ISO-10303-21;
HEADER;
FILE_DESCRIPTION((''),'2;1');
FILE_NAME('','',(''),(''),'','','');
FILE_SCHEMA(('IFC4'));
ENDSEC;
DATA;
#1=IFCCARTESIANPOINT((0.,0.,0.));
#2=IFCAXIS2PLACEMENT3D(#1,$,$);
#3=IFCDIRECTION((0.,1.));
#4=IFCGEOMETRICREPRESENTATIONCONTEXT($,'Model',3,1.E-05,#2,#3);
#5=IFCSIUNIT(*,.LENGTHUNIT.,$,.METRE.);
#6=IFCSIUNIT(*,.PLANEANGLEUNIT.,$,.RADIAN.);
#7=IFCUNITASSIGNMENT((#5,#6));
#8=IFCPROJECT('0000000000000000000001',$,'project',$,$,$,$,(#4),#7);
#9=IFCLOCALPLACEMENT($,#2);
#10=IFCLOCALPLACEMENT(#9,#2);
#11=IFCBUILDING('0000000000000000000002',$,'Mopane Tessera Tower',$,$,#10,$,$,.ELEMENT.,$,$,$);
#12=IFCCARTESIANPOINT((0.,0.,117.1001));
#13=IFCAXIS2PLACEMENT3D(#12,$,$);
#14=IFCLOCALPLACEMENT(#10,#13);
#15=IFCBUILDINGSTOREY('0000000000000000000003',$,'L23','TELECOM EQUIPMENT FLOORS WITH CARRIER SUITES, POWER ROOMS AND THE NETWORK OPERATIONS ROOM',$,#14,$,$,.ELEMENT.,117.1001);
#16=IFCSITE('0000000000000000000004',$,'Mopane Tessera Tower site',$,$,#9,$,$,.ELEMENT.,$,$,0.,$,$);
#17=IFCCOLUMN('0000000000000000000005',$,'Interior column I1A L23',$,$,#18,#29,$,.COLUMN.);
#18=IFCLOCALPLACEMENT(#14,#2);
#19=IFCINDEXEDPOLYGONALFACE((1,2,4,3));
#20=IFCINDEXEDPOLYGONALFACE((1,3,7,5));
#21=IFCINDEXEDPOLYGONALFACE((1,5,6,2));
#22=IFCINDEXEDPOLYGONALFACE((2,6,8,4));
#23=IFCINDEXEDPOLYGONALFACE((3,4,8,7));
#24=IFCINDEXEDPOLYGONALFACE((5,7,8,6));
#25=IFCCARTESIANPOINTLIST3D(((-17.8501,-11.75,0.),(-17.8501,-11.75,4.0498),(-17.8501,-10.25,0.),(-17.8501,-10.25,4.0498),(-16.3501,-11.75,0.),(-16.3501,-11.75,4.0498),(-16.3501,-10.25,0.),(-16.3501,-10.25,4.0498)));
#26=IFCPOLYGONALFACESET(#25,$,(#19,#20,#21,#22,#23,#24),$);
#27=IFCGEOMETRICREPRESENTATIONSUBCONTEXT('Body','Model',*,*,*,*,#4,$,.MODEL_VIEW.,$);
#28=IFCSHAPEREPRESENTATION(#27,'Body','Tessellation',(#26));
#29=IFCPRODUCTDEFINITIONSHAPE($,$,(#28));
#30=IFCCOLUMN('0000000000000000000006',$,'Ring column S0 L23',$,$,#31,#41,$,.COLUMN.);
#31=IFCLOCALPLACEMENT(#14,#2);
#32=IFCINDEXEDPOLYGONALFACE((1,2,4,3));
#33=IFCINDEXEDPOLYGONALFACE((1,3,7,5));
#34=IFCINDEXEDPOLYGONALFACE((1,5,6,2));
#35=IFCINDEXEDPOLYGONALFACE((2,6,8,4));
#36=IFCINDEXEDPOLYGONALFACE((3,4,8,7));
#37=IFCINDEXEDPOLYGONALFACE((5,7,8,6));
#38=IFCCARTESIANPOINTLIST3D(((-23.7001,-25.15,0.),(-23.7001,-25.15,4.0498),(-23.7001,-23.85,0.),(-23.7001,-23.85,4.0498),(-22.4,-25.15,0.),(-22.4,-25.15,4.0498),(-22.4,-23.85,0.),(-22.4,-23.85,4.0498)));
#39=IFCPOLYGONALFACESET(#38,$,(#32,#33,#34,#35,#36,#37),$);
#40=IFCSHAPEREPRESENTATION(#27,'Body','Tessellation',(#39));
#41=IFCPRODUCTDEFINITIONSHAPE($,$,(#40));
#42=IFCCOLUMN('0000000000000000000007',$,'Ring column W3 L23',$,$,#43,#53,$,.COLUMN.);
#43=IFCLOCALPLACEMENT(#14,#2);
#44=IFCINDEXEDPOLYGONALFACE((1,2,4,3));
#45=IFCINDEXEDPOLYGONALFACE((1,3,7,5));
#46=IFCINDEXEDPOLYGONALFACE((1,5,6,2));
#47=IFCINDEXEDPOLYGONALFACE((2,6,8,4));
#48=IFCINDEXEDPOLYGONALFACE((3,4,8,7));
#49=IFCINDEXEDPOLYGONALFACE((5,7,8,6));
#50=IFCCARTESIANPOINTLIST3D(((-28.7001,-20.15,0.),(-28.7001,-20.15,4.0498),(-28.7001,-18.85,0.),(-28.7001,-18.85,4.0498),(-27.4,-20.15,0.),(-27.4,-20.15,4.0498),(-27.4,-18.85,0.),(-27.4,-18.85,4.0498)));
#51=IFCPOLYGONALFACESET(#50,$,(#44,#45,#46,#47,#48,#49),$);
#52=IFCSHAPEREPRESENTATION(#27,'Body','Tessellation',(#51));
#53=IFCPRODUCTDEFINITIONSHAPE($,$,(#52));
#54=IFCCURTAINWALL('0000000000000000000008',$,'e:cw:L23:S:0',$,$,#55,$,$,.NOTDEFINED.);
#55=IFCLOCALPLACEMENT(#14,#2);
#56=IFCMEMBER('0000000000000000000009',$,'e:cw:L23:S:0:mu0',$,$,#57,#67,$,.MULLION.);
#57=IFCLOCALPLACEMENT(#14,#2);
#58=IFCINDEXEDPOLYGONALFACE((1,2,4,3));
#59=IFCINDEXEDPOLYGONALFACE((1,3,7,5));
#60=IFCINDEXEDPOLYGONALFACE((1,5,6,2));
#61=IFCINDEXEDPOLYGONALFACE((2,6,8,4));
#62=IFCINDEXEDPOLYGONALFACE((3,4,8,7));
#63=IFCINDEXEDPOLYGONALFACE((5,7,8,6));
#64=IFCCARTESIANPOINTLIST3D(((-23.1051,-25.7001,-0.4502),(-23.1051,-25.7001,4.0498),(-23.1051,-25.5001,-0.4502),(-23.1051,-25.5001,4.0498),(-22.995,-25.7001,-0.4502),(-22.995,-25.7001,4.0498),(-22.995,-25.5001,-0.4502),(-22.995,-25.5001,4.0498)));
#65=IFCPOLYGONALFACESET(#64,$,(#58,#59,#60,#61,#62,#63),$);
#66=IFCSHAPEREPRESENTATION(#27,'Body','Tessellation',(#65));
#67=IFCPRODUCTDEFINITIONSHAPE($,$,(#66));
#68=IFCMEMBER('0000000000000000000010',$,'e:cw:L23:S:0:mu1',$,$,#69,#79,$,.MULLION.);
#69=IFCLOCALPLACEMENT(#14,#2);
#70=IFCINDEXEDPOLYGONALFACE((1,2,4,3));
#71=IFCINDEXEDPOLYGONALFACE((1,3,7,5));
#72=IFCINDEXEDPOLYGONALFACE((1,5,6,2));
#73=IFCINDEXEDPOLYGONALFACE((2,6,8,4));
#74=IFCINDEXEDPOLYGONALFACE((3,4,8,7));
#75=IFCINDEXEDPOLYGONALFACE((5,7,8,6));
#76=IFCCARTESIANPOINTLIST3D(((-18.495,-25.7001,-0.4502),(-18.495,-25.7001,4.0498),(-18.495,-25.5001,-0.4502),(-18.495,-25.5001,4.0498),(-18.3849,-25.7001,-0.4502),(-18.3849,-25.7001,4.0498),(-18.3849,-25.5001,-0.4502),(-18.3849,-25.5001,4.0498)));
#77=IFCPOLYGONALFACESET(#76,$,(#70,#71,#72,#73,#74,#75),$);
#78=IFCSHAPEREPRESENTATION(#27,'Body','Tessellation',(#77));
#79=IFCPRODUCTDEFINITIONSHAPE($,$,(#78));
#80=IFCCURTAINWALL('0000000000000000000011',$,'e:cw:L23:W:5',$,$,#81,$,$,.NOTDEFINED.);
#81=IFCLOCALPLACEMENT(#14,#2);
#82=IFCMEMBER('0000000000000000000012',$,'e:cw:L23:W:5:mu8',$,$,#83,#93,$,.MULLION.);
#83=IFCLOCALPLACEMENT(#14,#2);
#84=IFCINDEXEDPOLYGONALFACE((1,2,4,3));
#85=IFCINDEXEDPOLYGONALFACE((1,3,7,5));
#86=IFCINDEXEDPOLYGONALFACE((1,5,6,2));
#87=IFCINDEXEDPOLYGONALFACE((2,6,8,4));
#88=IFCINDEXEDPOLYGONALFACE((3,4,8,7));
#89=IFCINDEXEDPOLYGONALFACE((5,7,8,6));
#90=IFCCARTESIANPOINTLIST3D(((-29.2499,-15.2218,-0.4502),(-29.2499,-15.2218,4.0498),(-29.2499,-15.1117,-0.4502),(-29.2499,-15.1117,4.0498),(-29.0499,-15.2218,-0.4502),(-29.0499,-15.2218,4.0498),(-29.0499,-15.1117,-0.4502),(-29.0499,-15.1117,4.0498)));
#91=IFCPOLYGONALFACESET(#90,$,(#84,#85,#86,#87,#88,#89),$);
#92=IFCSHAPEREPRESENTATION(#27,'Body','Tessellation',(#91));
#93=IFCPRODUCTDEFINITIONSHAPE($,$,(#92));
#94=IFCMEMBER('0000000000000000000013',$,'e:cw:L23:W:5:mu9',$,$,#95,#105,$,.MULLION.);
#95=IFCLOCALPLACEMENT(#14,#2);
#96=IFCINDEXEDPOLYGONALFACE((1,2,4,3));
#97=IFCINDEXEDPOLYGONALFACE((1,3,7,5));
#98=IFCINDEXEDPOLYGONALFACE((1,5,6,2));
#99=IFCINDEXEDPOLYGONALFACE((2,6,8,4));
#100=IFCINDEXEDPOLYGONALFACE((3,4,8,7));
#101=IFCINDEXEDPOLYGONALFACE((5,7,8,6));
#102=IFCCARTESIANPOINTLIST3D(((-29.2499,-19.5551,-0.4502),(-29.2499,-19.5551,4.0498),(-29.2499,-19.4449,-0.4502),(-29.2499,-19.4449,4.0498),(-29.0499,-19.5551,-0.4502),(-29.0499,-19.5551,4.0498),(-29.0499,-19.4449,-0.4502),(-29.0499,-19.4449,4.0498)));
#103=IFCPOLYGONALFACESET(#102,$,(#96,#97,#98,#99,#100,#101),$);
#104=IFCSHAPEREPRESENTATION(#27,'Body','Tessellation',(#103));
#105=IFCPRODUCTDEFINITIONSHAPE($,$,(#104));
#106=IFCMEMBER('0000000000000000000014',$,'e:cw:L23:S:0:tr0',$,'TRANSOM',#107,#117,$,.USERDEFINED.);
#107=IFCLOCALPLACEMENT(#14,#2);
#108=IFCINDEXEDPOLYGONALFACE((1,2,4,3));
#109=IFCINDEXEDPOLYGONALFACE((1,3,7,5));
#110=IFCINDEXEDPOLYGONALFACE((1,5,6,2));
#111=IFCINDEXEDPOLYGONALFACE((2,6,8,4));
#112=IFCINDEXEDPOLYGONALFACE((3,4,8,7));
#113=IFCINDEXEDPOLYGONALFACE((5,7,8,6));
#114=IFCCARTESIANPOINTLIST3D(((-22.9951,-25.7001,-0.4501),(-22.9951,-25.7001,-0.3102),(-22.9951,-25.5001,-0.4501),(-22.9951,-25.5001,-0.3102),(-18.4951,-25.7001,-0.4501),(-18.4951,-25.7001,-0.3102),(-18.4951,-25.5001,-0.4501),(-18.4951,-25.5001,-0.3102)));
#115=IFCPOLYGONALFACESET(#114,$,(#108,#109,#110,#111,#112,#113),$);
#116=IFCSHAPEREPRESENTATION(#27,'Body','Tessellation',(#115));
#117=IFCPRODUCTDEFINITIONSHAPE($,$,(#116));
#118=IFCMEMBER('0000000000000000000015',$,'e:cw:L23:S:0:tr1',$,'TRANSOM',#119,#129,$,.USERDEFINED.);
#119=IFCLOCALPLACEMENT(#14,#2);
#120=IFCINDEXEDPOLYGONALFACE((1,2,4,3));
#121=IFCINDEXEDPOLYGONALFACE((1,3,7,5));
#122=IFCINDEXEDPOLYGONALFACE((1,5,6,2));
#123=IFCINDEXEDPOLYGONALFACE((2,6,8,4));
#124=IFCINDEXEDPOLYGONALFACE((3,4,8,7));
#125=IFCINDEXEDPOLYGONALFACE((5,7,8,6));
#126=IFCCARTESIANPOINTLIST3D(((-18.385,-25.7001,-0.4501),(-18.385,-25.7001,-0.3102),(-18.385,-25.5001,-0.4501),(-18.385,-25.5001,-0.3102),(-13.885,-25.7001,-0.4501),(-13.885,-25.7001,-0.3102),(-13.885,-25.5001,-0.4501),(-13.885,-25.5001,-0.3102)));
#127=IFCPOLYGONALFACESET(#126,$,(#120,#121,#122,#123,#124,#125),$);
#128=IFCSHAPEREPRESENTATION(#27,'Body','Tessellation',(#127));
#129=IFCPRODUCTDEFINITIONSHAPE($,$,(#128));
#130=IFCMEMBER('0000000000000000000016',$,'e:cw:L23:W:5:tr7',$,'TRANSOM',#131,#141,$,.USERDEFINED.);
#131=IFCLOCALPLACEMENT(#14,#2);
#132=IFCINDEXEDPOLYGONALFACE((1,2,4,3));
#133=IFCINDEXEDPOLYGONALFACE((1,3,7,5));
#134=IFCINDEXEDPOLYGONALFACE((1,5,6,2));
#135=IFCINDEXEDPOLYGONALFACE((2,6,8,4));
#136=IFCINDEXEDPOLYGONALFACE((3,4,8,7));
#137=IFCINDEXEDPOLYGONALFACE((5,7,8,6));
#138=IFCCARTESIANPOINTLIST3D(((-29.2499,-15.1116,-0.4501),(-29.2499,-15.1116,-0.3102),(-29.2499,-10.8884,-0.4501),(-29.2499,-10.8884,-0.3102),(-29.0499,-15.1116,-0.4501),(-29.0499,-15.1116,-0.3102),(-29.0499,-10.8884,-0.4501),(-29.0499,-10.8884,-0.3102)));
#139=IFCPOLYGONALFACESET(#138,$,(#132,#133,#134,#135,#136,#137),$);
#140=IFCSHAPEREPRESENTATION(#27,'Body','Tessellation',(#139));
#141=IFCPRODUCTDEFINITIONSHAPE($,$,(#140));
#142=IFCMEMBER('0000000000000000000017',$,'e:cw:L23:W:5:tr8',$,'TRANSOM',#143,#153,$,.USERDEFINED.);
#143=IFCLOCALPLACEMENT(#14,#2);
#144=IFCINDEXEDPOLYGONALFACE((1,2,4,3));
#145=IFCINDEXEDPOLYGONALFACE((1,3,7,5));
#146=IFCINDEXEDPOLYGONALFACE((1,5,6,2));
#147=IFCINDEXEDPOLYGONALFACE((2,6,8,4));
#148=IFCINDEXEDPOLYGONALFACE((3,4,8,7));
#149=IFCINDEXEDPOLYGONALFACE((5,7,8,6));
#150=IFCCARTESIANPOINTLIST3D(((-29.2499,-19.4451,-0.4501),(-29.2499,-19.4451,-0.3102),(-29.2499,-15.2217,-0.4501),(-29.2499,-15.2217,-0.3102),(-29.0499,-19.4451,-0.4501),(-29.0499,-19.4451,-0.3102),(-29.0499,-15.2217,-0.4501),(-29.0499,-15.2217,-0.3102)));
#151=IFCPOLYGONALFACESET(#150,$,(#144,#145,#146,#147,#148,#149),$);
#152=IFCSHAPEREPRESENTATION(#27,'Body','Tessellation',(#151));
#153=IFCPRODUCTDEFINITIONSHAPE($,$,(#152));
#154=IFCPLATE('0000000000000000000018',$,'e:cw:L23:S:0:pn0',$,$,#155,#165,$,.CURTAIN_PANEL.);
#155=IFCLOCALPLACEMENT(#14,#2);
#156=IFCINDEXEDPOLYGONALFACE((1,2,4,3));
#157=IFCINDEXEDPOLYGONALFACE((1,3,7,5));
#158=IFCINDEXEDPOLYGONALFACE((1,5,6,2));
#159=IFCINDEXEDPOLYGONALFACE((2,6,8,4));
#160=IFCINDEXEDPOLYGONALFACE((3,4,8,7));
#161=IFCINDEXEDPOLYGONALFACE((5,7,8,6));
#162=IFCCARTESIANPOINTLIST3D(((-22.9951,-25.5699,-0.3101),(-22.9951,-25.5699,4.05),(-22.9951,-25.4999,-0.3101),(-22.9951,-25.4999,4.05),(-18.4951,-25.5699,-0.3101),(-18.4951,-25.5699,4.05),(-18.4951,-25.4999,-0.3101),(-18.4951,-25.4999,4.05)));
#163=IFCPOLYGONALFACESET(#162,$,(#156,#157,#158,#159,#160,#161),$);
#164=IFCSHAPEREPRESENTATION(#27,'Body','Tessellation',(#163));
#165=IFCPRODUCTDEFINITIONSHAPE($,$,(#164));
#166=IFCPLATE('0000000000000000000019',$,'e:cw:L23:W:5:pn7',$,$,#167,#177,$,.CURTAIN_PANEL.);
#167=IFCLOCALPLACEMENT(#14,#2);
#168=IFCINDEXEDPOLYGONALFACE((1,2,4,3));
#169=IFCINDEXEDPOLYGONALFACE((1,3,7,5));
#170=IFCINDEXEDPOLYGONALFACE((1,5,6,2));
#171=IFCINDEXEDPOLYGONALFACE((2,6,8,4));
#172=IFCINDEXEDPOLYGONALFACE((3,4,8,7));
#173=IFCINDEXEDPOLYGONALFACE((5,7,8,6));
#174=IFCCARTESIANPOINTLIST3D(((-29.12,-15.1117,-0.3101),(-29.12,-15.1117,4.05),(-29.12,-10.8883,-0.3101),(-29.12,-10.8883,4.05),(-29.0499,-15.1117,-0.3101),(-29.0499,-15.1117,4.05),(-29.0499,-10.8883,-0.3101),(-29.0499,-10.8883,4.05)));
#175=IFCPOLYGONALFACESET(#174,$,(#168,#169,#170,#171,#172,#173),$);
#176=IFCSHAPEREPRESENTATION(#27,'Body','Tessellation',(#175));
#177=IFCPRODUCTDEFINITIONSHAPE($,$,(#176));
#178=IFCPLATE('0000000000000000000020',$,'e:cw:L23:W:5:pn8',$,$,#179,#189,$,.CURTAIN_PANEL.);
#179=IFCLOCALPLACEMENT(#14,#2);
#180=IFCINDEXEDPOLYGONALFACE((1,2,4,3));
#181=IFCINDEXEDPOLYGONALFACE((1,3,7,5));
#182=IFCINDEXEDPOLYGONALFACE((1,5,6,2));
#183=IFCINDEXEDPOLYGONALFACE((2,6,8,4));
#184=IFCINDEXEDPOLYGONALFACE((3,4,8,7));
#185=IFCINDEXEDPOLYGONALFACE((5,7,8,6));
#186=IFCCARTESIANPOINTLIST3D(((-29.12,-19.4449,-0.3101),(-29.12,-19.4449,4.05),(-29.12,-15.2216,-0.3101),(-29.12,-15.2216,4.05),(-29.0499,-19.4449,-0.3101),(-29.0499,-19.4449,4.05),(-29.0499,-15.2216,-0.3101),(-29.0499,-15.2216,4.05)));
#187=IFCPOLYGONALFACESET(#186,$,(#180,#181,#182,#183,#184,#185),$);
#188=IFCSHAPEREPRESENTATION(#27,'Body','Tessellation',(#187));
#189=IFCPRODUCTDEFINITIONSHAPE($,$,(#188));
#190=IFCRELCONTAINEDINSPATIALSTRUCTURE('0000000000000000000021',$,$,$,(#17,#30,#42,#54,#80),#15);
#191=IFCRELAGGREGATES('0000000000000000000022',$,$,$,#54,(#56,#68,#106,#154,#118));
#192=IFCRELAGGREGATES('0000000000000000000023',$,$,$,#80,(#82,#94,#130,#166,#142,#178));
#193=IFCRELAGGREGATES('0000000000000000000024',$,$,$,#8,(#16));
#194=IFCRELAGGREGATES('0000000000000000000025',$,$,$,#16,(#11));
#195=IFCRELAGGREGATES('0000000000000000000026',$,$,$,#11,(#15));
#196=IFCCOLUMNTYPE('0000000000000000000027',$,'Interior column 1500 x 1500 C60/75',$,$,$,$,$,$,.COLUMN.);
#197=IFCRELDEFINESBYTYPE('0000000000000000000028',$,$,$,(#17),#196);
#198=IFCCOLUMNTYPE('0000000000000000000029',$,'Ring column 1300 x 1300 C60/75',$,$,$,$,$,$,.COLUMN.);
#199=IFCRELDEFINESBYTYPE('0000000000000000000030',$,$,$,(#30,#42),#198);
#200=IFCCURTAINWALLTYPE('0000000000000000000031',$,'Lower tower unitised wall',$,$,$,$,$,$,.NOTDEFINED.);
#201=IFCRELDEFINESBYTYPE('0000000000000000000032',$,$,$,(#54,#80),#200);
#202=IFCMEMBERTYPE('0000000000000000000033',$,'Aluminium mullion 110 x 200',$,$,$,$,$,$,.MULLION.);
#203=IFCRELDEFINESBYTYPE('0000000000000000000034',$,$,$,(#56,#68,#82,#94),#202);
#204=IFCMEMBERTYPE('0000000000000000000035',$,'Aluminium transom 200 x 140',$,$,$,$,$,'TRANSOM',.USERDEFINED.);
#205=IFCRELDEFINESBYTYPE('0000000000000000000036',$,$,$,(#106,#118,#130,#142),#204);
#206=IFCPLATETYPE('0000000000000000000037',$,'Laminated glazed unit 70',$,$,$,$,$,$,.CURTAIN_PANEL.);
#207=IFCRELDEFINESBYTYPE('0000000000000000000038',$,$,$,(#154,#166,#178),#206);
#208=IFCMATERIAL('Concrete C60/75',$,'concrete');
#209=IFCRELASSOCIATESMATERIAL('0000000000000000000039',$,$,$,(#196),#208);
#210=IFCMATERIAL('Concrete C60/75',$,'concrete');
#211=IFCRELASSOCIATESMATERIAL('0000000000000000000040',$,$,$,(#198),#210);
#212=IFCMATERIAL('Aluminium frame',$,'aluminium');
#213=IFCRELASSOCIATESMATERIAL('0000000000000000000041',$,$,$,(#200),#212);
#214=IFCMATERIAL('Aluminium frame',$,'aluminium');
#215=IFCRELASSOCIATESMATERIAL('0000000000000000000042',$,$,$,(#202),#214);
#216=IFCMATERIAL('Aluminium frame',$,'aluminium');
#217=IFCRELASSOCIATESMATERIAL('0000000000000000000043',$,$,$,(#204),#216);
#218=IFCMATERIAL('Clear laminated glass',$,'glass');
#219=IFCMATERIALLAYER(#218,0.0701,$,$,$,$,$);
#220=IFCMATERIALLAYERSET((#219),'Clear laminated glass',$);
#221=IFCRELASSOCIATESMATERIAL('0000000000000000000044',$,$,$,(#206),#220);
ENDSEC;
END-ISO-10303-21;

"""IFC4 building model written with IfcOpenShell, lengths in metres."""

from ifc_helpers import new_model, si_unit, direction, frame, origin, origin_2d, place, context, subcontext, project, spatial, rectangle, extrude, material, layer, layer_set, material_profile, profile_set, type_object, element, aggregate, save


model = new_model("IFC4")

# Units and contexts
model_context = context("Model", 3, precision=1e-05, world=origin(), true_north=direction((0.0, 1.0)))
body_context = subcontext(model_context, "Body", "Model", "MODEL_VIEW")
ifc_project = project(units=[si_unit("LENGTHUNIT", "METRE"), si_unit("PLANEANGLEUNIT", "RADIAN")], contexts=[model_context])

# Site, building, storey
site_placement = place(None, origin())
site = spatial("IfcSite", under=ifc_project, at=site_placement, Name="Mopane Tessera Tower site", CompositionType="ELEMENT", RefElevation=0.0)
building_placement = place(site_placement, origin())
building = spatial("IfcBuilding", under=site, at=building_placement, Name="Mopane Tessera Tower", CompositionType="ELEMENT")
storey_placement = place(building_placement, frame((0.0, 0.0, 117.1001)))
storey = spatial("IfcBuildingStorey", under=building, at=storey_placement, Name="L23", Description="TELECOM EQUIPMENT FLOORS WITH CARRIER SUITES, POWER ROOMS AND THE NETWORK OPERATIONS ROOM", CompositionType="ELEMENT", Elevation=117.1001)

# Columns
ifc_material_1 = material(Name="Concrete C60/75", Category="concrete")
ifc_material_profile_1 = material_profile(ifc_material_1, rectangle(XDim=1.5, YDim=1.5, at=origin_2d()))
ifc_profile_set_1 = profile_set([ifc_material_profile_1], Name="Concrete C60/75")
column_type_1 = type_object("IfcColumnType", Name="Interior column 1500 x 1500 C60/75", PredefinedType="COLUMN", material=ifc_profile_set_1)
column_placement = place(storey_placement, frame((-17.1001, -11.0, 0.0), z_axis=(0.0, 0.0, 1.0), x_axis=(1.0, 0.0, 0.0)))
element("IfcColumn", 1, at=column_placement, inside=storey, type_object=column_type_1, Name="Interior column I1A L23", PredefinedType="COLUMN", context=body_context, shape_type="SweptSolid", body=[
    extrude(rectangle(XDim=1.5, YDim=1.5, at=origin_2d()), origin(), (0.0, 0.0, 1.0), 4.0498),
])
ifc_material_2 = material(Name="Concrete C60/75", Category="concrete")
ifc_material_profile_2 = material_profile(ifc_material_2, rectangle(XDim=1.3, YDim=1.3, at=origin_2d()))
ifc_profile_set_2 = profile_set([ifc_material_profile_2], Name="Concrete C60/75")
column_type_2 = type_object("IfcColumnType", Name="Ring column 1300 x 1300 C60/75", PredefinedType="COLUMN", material=ifc_profile_set_2)
for number, where, z_axis, x_axis, name in (
    (2, (-23.05, -24.5, 0.0), (0.0, 0.0, 1.0), (1.0, 0.0, 0.0), "Ring column S0 L23"),
    (3, (-28.05, -19.5, 0.0), (0.0, 0.0, 1.0), (1.0, 0.0, 0.0), "Ring column W3 L23"),
):
    element("IfcColumn", number, at=place(storey_placement, frame(where, z_axis=z_axis, x_axis=x_axis)), inside=storey, type_object=column_type_2, Name=name, PredefinedType="COLUMN", context=body_context, shape_type="SweptSolid", body=[
        extrude(rectangle(XDim=1.3, YDim=1.3, at=origin_2d()), origin(), (0.0, 0.0, 1.0), 4.0498),
    ])

# Curtain walls, members
ifc_material_3 = material(Name="Aluminium frame", Category="aluminium")
curtain_wall_type = type_object("IfcCurtainWallType", Name="Lower tower unitised wall", PredefinedType="NOTDEFINED", material=ifc_material_3)
curtain_wall_1_placement = place(storey_placement, origin())
curtain_wall_1 = element("IfcCurtainWall", 4, at=curtain_wall_1_placement, inside=storey, type_object=curtain_wall_type, Name="e:cw:L23:S:0", PredefinedType="NOTDEFINED")
ifc_material_4 = material(Name="Aluminium frame", Category="aluminium")
ifc_material_profile_3 = material_profile(ifc_material_4, rectangle(XDim=0.1101, YDim=0.2, at=origin_2d()))
ifc_profile_set_3 = profile_set([ifc_material_profile_3], Name="Aluminium frame")
member_type_1 = type_object("IfcMemberType", Name="Aluminium mullion 110 x 200", PredefinedType="MULLION", material=ifc_profile_set_3)
member_1_placement = place(storey_placement, frame((-23.05, -25.6001, -0.4502), z_axis=(0.0, 0.0, 1.0), x_axis=(1.0, 0.0, 0.0)))
member_1 = element("IfcMember", 5, at=member_1_placement, type_object=member_type_1, Name="e:cw:L23:S:0:mu0", PredefinedType="MULLION", context=body_context, shape_type="SweptSolid", body=[
    extrude(rectangle(XDim=0.1101, YDim=0.2, at=origin_2d()), origin(), (0.0, 0.0, 1.0), 4.5),
])
member_2_placement = place(storey_placement, frame((-18.4399, -25.6001, -0.4502), z_axis=(0.0, 0.0, 1.0), x_axis=(1.0, 0.0, 0.0)))
member_2 = element("IfcMember", 6, at=member_2_placement, type_object=member_type_1, Name="e:cw:L23:S:0:mu1", PredefinedType="MULLION", context=body_context, shape_type="SweptSolid", body=[
    extrude(rectangle(XDim=0.1101, YDim=0.2, at=origin_2d()), origin(), (0.0, 0.0, 1.0), 4.5),
])
curtain_wall_2_placement = place(storey_placement, origin())
curtain_wall_2 = element("IfcCurtainWall", 7, at=curtain_wall_2_placement, inside=storey, type_object=curtain_wall_type, Name="e:cw:L23:W:5", PredefinedType="NOTDEFINED")
member_3_placement = place(storey_placement, frame((-29.1499, -15.1667, -0.4502), z_axis=(0.0, 0.0, 1.0), x_axis=(0.0, -1.0, 0.0)))
member_3 = element("IfcMember", 8, at=member_3_placement, type_object=member_type_1, Name="e:cw:L23:W:5:mu8", PredefinedType="MULLION", context=body_context, shape_type="SweptSolid", body=[
    extrude(rectangle(XDim=0.1101, YDim=0.2, at=origin_2d()), origin(), (0.0, 0.0, 1.0), 4.5),
])
member_4_placement = place(storey_placement, frame((-29.1499, -19.5, -0.4502), z_axis=(0.0, 0.0, 1.0), x_axis=(0.0, -1.0, 0.0)))
member_4 = element("IfcMember", 9, at=member_4_placement, type_object=member_type_1, Name="e:cw:L23:W:5:mu9", PredefinedType="MULLION", context=body_context, shape_type="SweptSolid", body=[
    extrude(rectangle(XDim=0.1101, YDim=0.2, at=origin_2d()), origin(), (0.0, 0.0, 1.0), 4.5),
])

# Members
ifc_material_5 = material(Name="Aluminium frame", Category="aluminium")
ifc_material_profile_4 = material_profile(ifc_material_5, rectangle(XDim=0.2, YDim=0.1399, at=origin_2d()))
ifc_profile_set_4 = profile_set([ifc_material_profile_4], Name="Aluminium frame")
member_type_2 = type_object("IfcMemberType", Name="Aluminium transom 200 x 140", ElementType="TRANSOM", PredefinedType="USERDEFINED", material=ifc_profile_set_4)
member_5_placement = place(storey_placement, frame((-22.9951, -25.6001, -0.3801), z_axis=(1.0, 0.0, 0.0), x_axis=(0.0, 1.0, 0.0)))
member_5 = element("IfcMember", 10, at=member_5_placement, type_object=member_type_2, Name="e:cw:L23:S:0:tr0", ObjectType="TRANSOM", PredefinedType="USERDEFINED", context=body_context, shape_type="SweptSolid", body=[
    extrude(rectangle(XDim=0.2, YDim=0.1399, at=origin_2d()), origin(), (0.0, 0.0, 1.0), 4.5),
])
member_6_placement = place(storey_placement, frame((-18.385, -25.6001, -0.3801), z_axis=(1.0, 0.0, 0.0), x_axis=(0.0, 1.0, 0.0)))
member_6 = element("IfcMember", 11, at=member_6_placement, type_object=member_type_2, Name="e:cw:L23:S:0:tr1", ObjectType="TRANSOM", PredefinedType="USERDEFINED", context=body_context, shape_type="SweptSolid", body=[
    extrude(rectangle(XDim=0.2, YDim=0.1399, at=origin_2d()), origin(), (0.0, 0.0, 1.0), 4.5),
])
member_7_placement = place(storey_placement, frame((-29.1499, -10.8884, -0.3801), z_axis=(0.0, -1.0, 0.0), x_axis=(1.0, 0.0, 0.0)))
member_7 = element("IfcMember", 12, at=member_7_placement, type_object=member_type_2, Name="e:cw:L23:W:5:tr7", ObjectType="TRANSOM", PredefinedType="USERDEFINED", context=body_context, shape_type="SweptSolid", body=[
    extrude(rectangle(XDim=0.2, YDim=0.1399, at=origin_2d()), origin(), (0.0, 0.0, 1.0), 4.2231),
])
member_8_placement = place(storey_placement, frame((-29.1499, -15.2217, -0.3801), z_axis=(0.0, -1.0, 0.0), x_axis=(1.0, 0.0, 0.0)))
member_8 = element("IfcMember", 13, at=member_8_placement, type_object=member_type_2, Name="e:cw:L23:W:5:tr8", ObjectType="TRANSOM", PredefinedType="USERDEFINED", context=body_context, shape_type="SweptSolid", body=[
    extrude(rectangle(XDim=0.2, YDim=0.1399, at=origin_2d()), origin(), (0.0, 0.0, 1.0), 4.2234),
])

# Plates
ifc_material_6 = material(Name="Clear laminated glass", Category="glass")
ifc_layer_1 = layer(ifc_material_6, 0.0701)
ifc_layer_set_1 = layer_set([ifc_layer_1], Name="Clear laminated glass")
plate_type = type_object("IfcPlateType", Name="Laminated glazed unit 70", PredefinedType="CURTAIN_PANEL", material=ifc_layer_set_1)
plate_1_placement = place(storey_placement, frame((-20.7451, -25.5349, -0.3101), z_axis=(0.0, 0.0, 1.0), x_axis=(1.0, 0.0, 0.0)))
plate_1 = element("IfcPlate", 14, at=plate_1_placement, type_object=plate_type, Name="e:cw:L23:S:0:pn0", PredefinedType="CURTAIN_PANEL", context=body_context, shape_type="SweptSolid", body=[
    extrude(rectangle(XDim=4.5, YDim=0.0701, at=origin_2d()), origin(), (0.0, 0.0, 1.0), 4.3601),
])
aggregate(curtain_wall_1, [member_1, member_2, member_5, plate_1, member_6])
plate_2_placement = place(storey_placement, frame((-29.085, -13.0, -0.3101), z_axis=(0.0, 0.0, 1.0), x_axis=(0.0, -1.0, 0.0)))
plate_2 = element("IfcPlate", 15, at=plate_2_placement, type_object=plate_type, Name="e:cw:L23:W:5:pn7", PredefinedType="CURTAIN_PANEL", context=body_context, shape_type="SweptSolid", body=[
    extrude(rectangle(XDim=4.2234, YDim=0.0701, at=origin_2d()), origin(), (0.0, 0.0, 1.0), 4.3601),
])
plate_3_placement = place(storey_placement, frame((-29.085, -17.3333, -0.3101), z_axis=(0.0, 0.0, 1.0), x_axis=(0.0, -1.0, 0.0)))
plate_3 = element("IfcPlate", 16, at=plate_3_placement, type_object=plate_type, Name="e:cw:L23:W:5:pn8", PredefinedType="CURTAIN_PANEL", context=body_context, shape_type="SweptSolid", body=[
    extrude(rectangle(XDim=4.2234, YDim=0.0701, at=origin_2d()), origin(), (0.0, 0.0, 1.0), 4.3601),
])
aggregate(curtain_wall_2, [member_3, member_4, member_7, plate_2, member_8, plate_3])

save(model, "model.ifc")
